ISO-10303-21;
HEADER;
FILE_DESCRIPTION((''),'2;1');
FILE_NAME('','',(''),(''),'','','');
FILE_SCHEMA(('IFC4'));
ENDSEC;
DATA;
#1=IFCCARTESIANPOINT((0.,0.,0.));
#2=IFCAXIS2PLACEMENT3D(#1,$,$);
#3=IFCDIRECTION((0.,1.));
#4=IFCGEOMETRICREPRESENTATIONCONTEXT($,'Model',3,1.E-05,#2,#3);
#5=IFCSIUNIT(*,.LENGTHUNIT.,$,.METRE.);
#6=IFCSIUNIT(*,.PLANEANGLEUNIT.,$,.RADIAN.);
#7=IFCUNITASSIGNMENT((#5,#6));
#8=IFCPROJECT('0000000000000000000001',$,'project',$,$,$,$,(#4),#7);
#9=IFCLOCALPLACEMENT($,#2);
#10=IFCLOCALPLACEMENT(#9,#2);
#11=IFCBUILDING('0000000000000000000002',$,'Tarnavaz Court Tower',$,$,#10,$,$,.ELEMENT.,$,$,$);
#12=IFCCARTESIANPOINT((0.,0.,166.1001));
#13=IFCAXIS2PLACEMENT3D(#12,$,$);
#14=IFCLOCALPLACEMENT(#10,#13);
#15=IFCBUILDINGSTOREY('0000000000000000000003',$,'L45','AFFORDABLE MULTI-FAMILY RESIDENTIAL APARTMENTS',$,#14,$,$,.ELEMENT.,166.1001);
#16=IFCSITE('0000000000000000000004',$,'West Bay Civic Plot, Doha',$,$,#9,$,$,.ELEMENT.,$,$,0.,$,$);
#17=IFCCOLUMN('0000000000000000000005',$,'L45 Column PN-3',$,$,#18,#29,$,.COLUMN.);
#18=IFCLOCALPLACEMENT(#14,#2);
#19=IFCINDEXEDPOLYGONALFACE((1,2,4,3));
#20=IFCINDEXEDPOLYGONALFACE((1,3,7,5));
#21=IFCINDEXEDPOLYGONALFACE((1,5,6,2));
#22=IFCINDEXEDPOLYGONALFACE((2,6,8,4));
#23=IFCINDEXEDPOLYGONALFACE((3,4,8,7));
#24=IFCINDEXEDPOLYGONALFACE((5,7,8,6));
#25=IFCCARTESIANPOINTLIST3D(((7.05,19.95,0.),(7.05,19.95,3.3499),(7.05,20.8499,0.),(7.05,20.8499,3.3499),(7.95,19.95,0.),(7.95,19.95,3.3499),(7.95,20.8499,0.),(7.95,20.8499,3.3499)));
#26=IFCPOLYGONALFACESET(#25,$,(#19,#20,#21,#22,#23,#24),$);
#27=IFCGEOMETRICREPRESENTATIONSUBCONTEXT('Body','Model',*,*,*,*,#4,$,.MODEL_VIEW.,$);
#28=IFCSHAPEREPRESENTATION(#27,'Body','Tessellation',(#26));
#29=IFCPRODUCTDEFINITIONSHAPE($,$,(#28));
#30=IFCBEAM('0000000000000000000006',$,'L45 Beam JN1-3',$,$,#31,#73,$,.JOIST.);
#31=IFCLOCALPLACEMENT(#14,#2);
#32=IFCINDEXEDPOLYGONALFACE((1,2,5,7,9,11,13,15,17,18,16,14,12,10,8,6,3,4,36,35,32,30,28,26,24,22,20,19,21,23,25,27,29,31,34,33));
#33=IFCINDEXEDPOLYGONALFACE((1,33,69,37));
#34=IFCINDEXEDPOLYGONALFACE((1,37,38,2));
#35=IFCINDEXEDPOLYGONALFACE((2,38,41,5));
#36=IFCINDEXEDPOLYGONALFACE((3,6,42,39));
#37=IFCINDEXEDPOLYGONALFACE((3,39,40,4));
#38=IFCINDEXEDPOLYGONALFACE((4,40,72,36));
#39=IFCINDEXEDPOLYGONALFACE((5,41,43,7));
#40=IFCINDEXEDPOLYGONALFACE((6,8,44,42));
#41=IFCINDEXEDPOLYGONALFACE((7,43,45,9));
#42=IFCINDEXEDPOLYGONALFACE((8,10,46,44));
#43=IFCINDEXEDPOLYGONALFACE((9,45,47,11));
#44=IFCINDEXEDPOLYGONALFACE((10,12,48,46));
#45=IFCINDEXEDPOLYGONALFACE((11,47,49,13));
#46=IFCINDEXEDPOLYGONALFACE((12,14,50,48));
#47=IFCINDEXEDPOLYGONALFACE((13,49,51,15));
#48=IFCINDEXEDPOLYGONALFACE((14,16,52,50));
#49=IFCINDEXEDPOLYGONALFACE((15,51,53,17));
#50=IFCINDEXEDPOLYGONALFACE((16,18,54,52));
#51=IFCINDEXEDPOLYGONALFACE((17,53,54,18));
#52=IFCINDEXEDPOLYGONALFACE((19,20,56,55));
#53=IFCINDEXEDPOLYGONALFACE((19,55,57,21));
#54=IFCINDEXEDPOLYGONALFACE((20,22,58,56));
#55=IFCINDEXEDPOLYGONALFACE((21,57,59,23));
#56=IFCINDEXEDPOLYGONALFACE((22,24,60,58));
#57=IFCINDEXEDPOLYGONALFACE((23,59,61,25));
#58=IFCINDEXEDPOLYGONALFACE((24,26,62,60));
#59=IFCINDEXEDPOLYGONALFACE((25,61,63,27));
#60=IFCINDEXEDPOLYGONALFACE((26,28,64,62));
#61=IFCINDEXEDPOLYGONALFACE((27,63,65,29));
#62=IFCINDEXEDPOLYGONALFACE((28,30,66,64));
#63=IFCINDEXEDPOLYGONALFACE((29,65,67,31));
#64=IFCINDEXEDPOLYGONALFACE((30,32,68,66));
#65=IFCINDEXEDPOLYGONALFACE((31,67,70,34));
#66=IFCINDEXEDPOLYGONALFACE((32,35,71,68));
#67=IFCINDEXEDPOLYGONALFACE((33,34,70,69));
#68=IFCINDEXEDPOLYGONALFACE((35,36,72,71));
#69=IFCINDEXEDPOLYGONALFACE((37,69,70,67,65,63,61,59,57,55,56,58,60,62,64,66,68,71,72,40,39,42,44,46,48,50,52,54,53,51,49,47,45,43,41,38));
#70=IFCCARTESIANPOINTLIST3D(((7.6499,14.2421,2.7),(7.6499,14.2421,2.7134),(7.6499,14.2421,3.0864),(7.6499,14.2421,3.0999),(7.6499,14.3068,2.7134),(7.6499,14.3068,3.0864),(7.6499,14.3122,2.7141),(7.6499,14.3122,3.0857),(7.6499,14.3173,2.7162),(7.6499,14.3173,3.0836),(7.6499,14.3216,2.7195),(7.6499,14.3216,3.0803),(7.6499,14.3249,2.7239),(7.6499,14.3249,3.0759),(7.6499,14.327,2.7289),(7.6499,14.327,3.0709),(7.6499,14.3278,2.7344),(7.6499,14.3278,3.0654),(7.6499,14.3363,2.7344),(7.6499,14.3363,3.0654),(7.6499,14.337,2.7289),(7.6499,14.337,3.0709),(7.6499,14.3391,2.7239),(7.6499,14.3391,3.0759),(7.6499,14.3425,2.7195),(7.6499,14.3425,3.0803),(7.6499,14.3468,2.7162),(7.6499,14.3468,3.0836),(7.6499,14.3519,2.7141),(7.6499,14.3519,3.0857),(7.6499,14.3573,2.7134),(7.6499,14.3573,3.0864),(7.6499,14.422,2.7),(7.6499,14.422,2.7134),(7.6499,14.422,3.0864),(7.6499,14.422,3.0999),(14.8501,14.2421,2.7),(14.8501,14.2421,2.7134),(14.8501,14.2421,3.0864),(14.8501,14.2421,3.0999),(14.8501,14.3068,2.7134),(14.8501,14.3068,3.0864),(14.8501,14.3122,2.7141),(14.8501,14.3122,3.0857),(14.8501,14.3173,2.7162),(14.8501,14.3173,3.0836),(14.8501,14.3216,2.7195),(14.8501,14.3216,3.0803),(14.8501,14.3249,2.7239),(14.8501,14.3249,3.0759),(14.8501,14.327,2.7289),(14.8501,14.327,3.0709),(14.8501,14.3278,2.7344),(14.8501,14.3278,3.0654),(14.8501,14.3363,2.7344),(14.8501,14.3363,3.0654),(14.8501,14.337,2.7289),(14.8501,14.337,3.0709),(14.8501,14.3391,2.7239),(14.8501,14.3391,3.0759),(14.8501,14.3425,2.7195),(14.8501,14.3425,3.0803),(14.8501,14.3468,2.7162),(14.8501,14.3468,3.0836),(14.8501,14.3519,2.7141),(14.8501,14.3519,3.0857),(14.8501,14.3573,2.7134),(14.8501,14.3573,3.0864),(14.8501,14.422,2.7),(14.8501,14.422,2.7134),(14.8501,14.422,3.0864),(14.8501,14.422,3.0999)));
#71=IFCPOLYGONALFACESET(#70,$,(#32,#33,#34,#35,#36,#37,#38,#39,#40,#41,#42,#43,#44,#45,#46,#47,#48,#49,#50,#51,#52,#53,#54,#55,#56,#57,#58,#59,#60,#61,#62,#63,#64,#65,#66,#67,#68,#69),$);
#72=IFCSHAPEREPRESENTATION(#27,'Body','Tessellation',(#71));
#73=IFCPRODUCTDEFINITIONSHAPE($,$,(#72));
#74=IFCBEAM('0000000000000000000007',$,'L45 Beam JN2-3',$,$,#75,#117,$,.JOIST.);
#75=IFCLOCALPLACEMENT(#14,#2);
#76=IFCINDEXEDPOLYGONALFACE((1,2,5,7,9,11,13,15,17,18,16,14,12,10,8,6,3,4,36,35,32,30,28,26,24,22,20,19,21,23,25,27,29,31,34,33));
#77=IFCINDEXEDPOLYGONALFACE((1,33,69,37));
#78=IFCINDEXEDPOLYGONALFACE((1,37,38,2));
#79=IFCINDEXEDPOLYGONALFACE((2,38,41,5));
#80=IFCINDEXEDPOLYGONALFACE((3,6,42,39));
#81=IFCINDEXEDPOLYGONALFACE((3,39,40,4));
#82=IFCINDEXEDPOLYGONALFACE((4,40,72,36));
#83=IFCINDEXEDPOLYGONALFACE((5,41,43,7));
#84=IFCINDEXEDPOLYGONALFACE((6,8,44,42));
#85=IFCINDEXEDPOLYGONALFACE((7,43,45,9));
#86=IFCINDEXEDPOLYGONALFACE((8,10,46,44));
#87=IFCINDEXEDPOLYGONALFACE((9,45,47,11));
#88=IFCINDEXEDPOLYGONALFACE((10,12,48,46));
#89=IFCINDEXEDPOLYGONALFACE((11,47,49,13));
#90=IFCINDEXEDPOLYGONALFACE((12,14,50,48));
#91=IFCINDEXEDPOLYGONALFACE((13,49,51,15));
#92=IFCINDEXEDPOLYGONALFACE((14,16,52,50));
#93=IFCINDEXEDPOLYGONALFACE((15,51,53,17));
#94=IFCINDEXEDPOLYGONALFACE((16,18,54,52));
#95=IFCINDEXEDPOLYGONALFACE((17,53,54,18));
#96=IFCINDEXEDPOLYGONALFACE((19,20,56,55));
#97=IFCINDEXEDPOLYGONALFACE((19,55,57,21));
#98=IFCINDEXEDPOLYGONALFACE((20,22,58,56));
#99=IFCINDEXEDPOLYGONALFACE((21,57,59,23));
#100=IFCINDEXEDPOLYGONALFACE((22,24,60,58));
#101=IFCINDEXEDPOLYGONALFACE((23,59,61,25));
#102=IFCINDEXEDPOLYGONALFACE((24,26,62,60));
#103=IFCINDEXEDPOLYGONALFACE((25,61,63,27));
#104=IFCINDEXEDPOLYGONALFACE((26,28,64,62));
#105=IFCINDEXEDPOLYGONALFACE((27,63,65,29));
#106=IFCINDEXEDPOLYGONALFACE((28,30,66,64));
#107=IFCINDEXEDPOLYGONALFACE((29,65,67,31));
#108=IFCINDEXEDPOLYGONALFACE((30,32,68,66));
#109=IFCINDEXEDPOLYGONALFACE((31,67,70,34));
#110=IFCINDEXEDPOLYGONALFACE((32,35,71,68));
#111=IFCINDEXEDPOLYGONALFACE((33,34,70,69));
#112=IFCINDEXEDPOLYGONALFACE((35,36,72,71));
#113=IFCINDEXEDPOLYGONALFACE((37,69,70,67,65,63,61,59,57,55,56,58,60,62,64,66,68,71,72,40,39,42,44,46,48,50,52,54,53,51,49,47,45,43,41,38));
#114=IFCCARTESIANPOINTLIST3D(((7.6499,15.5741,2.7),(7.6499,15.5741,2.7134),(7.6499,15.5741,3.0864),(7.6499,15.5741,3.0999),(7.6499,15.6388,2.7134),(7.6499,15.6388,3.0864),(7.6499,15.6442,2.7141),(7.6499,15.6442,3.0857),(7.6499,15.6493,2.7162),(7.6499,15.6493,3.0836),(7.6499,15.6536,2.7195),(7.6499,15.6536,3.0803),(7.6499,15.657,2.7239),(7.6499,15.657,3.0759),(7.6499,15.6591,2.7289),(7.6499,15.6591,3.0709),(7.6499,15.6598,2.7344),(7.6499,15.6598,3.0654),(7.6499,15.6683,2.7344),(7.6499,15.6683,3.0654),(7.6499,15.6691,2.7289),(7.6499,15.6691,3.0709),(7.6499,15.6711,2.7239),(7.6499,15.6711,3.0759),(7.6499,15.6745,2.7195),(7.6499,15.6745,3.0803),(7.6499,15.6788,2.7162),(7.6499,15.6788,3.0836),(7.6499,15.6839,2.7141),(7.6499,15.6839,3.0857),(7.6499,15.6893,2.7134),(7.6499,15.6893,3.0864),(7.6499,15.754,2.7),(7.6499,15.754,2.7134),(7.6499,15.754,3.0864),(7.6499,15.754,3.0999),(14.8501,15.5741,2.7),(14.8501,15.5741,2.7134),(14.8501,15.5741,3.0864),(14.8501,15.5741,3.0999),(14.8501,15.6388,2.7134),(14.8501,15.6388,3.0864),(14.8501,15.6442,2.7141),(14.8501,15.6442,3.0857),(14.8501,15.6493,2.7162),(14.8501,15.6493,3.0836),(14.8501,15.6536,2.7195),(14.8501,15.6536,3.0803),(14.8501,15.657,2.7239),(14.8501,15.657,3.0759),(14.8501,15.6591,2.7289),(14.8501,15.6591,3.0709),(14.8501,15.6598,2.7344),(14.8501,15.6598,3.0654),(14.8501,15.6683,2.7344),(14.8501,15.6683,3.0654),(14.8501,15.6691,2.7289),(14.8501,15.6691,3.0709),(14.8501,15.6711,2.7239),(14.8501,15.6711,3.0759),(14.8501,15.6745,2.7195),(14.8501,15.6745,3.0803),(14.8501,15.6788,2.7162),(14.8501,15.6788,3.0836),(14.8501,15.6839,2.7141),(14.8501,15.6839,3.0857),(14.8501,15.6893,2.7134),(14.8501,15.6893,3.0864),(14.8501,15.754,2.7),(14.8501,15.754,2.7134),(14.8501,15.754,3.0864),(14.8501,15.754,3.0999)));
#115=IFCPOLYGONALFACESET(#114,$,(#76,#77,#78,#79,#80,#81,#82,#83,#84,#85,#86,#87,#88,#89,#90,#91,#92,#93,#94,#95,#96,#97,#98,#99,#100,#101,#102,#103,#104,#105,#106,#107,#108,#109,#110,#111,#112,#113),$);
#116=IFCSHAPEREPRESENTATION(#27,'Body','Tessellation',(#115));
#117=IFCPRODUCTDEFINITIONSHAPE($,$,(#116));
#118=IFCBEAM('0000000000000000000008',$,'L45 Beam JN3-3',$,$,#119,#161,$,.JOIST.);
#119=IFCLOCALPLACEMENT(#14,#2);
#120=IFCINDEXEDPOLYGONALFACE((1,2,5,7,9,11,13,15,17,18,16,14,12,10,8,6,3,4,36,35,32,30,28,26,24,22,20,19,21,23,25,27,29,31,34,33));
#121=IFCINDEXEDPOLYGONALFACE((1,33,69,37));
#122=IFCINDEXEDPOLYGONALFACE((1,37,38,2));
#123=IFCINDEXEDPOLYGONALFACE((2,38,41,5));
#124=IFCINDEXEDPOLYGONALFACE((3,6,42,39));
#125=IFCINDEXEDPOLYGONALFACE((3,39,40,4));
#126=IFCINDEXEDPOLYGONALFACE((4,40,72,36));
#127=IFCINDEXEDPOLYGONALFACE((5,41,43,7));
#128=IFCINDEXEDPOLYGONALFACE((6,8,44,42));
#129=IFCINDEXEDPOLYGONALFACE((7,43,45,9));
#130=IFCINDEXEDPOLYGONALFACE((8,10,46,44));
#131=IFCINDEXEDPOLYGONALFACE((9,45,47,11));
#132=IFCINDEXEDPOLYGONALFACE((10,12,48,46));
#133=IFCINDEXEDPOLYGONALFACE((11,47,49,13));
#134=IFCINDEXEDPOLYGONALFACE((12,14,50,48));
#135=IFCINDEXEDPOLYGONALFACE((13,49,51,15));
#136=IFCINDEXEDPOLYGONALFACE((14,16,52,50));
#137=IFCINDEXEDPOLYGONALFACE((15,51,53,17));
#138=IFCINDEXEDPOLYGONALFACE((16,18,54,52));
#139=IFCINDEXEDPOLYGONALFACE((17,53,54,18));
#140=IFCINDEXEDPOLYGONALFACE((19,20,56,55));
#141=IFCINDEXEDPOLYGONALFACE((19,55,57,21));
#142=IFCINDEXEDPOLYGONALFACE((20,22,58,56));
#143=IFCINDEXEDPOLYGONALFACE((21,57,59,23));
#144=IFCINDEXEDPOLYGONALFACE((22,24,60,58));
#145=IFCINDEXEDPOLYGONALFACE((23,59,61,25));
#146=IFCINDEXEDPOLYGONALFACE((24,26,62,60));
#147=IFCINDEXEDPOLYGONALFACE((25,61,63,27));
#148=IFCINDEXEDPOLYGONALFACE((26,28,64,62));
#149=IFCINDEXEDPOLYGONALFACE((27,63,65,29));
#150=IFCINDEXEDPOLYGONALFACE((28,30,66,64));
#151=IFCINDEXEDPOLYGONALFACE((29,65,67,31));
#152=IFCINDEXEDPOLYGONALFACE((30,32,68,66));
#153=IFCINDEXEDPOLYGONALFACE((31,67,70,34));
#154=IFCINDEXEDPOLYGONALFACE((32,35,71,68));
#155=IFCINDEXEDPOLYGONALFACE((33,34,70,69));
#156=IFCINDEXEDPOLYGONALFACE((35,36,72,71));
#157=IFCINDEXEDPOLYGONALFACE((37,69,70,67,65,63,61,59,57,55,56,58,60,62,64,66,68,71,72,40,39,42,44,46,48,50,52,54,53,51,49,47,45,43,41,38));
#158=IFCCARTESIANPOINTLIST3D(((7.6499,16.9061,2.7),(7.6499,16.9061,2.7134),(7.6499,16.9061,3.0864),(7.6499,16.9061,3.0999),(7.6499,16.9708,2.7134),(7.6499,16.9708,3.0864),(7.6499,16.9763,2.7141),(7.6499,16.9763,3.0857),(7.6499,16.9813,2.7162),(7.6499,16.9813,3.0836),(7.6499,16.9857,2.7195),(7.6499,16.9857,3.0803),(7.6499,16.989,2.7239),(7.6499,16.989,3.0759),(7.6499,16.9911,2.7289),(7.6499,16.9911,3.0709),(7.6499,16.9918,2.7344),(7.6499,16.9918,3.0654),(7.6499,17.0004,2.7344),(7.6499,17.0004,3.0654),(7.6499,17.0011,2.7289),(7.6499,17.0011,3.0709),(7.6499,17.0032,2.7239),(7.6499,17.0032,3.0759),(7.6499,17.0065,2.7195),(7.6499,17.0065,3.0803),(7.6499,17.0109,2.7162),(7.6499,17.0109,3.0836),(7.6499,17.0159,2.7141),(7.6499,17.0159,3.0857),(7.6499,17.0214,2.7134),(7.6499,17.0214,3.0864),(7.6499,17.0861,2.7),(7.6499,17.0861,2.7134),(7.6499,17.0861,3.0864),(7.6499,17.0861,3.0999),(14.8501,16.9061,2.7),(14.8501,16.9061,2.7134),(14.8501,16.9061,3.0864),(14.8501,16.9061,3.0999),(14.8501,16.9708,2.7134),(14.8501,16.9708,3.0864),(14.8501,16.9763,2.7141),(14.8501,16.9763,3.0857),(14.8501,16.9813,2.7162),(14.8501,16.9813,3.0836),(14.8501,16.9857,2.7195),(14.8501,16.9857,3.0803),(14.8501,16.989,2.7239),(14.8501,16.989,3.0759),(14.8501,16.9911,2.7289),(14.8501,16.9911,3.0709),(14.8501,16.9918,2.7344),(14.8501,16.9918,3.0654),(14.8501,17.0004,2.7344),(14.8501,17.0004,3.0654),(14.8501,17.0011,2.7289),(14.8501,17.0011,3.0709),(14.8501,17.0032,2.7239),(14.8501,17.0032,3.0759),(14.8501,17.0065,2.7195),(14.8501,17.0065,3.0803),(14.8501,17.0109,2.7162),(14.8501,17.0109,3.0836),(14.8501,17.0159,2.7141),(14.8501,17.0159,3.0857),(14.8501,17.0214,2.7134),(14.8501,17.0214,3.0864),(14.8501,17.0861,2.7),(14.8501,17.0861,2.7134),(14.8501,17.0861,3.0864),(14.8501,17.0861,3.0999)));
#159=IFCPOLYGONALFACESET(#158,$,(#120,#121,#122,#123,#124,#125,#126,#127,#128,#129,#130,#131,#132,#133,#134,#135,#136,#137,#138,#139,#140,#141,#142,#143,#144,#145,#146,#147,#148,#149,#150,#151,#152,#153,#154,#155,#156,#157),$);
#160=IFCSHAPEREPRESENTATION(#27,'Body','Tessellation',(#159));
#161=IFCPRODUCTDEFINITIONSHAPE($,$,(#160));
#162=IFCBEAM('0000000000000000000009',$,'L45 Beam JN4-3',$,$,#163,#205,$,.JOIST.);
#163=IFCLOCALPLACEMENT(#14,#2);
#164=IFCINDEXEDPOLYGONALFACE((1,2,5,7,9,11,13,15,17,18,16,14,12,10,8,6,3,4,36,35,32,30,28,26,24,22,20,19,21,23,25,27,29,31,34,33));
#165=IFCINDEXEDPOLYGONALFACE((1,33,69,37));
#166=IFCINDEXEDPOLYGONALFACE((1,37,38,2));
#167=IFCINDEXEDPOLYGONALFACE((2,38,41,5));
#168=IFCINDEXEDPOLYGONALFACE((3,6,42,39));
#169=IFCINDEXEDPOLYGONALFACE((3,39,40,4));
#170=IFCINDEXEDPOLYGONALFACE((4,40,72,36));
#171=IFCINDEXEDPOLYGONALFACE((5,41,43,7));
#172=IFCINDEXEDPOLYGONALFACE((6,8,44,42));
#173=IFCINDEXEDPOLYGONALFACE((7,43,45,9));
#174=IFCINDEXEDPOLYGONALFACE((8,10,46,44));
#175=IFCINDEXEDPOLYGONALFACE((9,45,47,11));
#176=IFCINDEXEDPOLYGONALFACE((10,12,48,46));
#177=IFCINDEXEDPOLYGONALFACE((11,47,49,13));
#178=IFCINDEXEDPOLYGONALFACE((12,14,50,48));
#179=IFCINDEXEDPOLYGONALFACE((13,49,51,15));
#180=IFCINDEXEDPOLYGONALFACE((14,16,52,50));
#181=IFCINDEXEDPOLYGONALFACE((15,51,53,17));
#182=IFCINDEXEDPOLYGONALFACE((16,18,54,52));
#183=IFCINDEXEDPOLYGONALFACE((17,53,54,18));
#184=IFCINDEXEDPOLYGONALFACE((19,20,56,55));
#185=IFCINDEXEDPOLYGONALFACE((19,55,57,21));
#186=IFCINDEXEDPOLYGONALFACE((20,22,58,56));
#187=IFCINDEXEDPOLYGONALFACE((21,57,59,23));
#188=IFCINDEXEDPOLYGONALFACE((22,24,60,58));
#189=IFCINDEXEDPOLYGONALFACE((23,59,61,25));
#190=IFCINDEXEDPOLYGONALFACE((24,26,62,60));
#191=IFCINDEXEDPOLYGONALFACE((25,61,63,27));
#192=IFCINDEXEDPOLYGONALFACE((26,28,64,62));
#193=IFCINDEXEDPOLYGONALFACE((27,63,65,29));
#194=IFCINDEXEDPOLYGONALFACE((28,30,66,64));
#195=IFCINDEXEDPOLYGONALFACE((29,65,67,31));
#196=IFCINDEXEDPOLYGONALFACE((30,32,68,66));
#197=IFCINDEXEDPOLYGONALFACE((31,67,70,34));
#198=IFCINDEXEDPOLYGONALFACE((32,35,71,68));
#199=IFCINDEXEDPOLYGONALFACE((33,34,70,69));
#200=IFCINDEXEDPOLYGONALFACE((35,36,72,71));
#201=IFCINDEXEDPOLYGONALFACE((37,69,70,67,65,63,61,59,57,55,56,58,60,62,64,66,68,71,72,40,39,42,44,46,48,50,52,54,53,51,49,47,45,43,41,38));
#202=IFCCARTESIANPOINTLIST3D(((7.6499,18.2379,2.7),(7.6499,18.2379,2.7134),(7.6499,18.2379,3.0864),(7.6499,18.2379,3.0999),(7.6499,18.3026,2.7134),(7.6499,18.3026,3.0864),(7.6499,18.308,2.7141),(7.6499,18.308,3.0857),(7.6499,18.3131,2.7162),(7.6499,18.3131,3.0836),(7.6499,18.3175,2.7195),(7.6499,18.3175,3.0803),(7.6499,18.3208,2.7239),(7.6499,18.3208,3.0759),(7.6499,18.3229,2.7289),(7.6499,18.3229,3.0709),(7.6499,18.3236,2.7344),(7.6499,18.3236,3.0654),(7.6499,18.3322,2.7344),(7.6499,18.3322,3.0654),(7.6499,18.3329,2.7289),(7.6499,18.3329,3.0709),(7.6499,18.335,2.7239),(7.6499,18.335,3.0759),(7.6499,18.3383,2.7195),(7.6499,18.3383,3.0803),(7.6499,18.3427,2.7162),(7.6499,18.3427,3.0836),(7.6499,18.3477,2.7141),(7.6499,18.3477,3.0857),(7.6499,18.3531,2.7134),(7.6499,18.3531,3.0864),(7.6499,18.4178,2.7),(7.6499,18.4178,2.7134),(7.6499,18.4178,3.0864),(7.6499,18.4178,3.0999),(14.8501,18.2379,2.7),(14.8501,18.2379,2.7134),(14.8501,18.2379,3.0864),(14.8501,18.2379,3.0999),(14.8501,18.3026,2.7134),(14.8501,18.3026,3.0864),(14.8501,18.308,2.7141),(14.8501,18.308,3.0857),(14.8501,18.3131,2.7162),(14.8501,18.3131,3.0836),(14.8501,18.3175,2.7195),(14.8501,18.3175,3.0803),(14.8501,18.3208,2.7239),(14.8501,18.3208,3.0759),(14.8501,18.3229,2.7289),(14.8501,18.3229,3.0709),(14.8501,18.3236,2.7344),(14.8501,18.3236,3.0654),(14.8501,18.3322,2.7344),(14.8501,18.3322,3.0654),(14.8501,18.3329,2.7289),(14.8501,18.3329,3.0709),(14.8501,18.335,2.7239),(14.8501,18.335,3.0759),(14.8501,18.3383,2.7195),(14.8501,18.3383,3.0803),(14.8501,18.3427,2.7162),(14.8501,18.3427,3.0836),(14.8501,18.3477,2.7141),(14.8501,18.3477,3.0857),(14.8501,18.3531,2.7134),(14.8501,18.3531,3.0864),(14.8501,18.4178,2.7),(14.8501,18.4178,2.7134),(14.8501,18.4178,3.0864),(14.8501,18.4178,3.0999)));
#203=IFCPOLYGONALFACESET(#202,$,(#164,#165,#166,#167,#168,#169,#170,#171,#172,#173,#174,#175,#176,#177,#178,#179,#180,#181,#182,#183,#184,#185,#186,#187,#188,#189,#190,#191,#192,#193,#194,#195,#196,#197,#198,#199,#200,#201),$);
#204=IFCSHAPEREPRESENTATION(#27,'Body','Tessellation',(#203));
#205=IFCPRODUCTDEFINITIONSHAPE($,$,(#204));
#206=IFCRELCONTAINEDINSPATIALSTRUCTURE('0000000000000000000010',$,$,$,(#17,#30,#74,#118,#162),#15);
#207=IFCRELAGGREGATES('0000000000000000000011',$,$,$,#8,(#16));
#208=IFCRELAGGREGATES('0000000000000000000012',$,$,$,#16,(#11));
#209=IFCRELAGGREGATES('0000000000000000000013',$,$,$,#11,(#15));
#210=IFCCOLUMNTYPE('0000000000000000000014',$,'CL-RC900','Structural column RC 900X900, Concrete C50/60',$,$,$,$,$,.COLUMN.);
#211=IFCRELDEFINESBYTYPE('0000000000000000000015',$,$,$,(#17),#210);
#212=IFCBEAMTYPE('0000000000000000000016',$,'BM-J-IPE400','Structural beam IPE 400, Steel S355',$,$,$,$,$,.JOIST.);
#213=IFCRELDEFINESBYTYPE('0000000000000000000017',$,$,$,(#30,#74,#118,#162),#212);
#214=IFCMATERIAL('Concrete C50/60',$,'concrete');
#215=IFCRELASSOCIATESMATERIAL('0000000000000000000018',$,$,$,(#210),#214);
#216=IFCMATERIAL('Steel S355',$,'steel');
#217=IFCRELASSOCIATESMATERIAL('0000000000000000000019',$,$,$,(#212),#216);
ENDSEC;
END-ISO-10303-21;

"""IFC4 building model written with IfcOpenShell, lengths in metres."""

from ifc_helpers import new_model, si_unit, direction, frame, origin, origin_2d, place, context, subcontext, project, spatial, rectangle, i_section, extrude, material, material_profile, profile_set, type_object, element, save


model = new_model("IFC4")

# Units and contexts
model_context = context("Model", 3, precision=1e-05, world=origin(), true_north=direction((0.0, 1.0)))
body_context = subcontext(model_context, "Body", "Model", "MODEL_VIEW")
ifc_project = project(units=[si_unit("LENGTHUNIT", "METRE"), si_unit("PLANEANGLEUNIT", "RADIAN")], contexts=[model_context])

# Site, building, storey
site_placement = place(None, origin())
site = spatial("IfcSite", under=ifc_project, at=site_placement, Name="West Bay Civic Plot, Doha", CompositionType="ELEMENT", RefElevation=0.0)
building_placement = place(site_placement, origin())
building = spatial("IfcBuilding", under=site, at=building_placement, Name="Tarnavaz Court Tower", CompositionType="ELEMENT")
storey_placement = place(building_placement, frame((0.0, 0.0, 166.1001)))
storey = spatial("IfcBuildingStorey", under=building, at=storey_placement, Name="L45", Description="AFFORDABLE MULTI-FAMILY RESIDENTIAL APARTMENTS", CompositionType="ELEMENT", Elevation=166.1001)

# Column
ifc_material_1 = material(Name="Concrete C50/60", Category="concrete")
ifc_material_profile_1 = material_profile(ifc_material_1, rectangle(XDim=0.8999, YDim=0.8999, at=origin_2d()), Name="RC 900X900")
ifc_profile_set_1 = profile_set([ifc_material_profile_1], Name="Concrete C50/60")
column_type = type_object("IfcColumnType", Name="CL-RC900", Description="Structural column RC 900X900, Concrete C50/60", PredefinedType="COLUMN", material=ifc_profile_set_1)
column_placement = place(storey_placement, frame((7.5, 20.3999, 0.0), z_axis=(0.0, 0.0, 1.0), x_axis=(1.0, 0.0, 0.0)))
element("IfcColumn", 1, at=column_placement, inside=storey, type_object=column_type, Name="L45 Column PN-3", PredefinedType="COLUMN", context=body_context, shape_type="SweptSolid", body=[
    extrude(rectangle(XDim=0.8999, YDim=0.8999, at=origin_2d()), origin(), (0.0, 0.0, 1.0), 3.3499),
])

# Beams
ifc_material_2 = material(Name="Steel S355", Category="steel")
ifc_material_profile_2 = material_profile(ifc_material_2, i_section(OverallWidth=0.1799, OverallDepth=0.3999, WebThickness=0.0085, FlangeThickness=0.0134, FilletRadius=0.021, at=origin_2d()), Name="IPE 400")
ifc_profile_set_2 = profile_set([ifc_material_profile_2], Name="Steel S355")
beam_type_1 = type_object("IfcBeamType", Name="BM-J-IPE400", Description="Structural beam IPE 400, Steel S355", PredefinedType="JOIST", material=ifc_profile_set_2)
for number, where, z_axis, x_axis, name in (
    (2, (7.6499, 14.332, 2.8999), (1.0, 0.0, 0.0), (0.0, 1.0, 0.0), "L45 Beam JN1-3"),
    (3, (7.6499, 15.6641, 2.8999), (1.0, 0.0, 0.0), (0.0, 1.0, 0.0), "L45 Beam JN2-3"),
    (4, (7.6499, 16.9961, 2.8999), (1.0, 0.0, 0.0), (0.0, 1.0, 0.0), "L45 Beam JN3-3"),
    (5, (7.6499, 18.3279, 2.8999), (1.0, 0.0, 0.0), (0.0, 1.0, 0.0), "L45 Beam JN4-3"),
):
    element("IfcBeam", number, at=place(storey_placement, frame(where, z_axis=z_axis, x_axis=x_axis)), inside=storey, type_object=beam_type_1, Name=name, PredefinedType="JOIST", context=body_context, shape_type="SweptSolid", body=[
        extrude(i_section(OverallWidth=0.1799, OverallDepth=0.3999, WebThickness=0.0085, FlangeThickness=0.0134, FilletRadius=0.021, at=origin_2d()), origin(), (0.0, 0.0, 1.0), 7.2002),
    ])

save(model, "model.ifc")
